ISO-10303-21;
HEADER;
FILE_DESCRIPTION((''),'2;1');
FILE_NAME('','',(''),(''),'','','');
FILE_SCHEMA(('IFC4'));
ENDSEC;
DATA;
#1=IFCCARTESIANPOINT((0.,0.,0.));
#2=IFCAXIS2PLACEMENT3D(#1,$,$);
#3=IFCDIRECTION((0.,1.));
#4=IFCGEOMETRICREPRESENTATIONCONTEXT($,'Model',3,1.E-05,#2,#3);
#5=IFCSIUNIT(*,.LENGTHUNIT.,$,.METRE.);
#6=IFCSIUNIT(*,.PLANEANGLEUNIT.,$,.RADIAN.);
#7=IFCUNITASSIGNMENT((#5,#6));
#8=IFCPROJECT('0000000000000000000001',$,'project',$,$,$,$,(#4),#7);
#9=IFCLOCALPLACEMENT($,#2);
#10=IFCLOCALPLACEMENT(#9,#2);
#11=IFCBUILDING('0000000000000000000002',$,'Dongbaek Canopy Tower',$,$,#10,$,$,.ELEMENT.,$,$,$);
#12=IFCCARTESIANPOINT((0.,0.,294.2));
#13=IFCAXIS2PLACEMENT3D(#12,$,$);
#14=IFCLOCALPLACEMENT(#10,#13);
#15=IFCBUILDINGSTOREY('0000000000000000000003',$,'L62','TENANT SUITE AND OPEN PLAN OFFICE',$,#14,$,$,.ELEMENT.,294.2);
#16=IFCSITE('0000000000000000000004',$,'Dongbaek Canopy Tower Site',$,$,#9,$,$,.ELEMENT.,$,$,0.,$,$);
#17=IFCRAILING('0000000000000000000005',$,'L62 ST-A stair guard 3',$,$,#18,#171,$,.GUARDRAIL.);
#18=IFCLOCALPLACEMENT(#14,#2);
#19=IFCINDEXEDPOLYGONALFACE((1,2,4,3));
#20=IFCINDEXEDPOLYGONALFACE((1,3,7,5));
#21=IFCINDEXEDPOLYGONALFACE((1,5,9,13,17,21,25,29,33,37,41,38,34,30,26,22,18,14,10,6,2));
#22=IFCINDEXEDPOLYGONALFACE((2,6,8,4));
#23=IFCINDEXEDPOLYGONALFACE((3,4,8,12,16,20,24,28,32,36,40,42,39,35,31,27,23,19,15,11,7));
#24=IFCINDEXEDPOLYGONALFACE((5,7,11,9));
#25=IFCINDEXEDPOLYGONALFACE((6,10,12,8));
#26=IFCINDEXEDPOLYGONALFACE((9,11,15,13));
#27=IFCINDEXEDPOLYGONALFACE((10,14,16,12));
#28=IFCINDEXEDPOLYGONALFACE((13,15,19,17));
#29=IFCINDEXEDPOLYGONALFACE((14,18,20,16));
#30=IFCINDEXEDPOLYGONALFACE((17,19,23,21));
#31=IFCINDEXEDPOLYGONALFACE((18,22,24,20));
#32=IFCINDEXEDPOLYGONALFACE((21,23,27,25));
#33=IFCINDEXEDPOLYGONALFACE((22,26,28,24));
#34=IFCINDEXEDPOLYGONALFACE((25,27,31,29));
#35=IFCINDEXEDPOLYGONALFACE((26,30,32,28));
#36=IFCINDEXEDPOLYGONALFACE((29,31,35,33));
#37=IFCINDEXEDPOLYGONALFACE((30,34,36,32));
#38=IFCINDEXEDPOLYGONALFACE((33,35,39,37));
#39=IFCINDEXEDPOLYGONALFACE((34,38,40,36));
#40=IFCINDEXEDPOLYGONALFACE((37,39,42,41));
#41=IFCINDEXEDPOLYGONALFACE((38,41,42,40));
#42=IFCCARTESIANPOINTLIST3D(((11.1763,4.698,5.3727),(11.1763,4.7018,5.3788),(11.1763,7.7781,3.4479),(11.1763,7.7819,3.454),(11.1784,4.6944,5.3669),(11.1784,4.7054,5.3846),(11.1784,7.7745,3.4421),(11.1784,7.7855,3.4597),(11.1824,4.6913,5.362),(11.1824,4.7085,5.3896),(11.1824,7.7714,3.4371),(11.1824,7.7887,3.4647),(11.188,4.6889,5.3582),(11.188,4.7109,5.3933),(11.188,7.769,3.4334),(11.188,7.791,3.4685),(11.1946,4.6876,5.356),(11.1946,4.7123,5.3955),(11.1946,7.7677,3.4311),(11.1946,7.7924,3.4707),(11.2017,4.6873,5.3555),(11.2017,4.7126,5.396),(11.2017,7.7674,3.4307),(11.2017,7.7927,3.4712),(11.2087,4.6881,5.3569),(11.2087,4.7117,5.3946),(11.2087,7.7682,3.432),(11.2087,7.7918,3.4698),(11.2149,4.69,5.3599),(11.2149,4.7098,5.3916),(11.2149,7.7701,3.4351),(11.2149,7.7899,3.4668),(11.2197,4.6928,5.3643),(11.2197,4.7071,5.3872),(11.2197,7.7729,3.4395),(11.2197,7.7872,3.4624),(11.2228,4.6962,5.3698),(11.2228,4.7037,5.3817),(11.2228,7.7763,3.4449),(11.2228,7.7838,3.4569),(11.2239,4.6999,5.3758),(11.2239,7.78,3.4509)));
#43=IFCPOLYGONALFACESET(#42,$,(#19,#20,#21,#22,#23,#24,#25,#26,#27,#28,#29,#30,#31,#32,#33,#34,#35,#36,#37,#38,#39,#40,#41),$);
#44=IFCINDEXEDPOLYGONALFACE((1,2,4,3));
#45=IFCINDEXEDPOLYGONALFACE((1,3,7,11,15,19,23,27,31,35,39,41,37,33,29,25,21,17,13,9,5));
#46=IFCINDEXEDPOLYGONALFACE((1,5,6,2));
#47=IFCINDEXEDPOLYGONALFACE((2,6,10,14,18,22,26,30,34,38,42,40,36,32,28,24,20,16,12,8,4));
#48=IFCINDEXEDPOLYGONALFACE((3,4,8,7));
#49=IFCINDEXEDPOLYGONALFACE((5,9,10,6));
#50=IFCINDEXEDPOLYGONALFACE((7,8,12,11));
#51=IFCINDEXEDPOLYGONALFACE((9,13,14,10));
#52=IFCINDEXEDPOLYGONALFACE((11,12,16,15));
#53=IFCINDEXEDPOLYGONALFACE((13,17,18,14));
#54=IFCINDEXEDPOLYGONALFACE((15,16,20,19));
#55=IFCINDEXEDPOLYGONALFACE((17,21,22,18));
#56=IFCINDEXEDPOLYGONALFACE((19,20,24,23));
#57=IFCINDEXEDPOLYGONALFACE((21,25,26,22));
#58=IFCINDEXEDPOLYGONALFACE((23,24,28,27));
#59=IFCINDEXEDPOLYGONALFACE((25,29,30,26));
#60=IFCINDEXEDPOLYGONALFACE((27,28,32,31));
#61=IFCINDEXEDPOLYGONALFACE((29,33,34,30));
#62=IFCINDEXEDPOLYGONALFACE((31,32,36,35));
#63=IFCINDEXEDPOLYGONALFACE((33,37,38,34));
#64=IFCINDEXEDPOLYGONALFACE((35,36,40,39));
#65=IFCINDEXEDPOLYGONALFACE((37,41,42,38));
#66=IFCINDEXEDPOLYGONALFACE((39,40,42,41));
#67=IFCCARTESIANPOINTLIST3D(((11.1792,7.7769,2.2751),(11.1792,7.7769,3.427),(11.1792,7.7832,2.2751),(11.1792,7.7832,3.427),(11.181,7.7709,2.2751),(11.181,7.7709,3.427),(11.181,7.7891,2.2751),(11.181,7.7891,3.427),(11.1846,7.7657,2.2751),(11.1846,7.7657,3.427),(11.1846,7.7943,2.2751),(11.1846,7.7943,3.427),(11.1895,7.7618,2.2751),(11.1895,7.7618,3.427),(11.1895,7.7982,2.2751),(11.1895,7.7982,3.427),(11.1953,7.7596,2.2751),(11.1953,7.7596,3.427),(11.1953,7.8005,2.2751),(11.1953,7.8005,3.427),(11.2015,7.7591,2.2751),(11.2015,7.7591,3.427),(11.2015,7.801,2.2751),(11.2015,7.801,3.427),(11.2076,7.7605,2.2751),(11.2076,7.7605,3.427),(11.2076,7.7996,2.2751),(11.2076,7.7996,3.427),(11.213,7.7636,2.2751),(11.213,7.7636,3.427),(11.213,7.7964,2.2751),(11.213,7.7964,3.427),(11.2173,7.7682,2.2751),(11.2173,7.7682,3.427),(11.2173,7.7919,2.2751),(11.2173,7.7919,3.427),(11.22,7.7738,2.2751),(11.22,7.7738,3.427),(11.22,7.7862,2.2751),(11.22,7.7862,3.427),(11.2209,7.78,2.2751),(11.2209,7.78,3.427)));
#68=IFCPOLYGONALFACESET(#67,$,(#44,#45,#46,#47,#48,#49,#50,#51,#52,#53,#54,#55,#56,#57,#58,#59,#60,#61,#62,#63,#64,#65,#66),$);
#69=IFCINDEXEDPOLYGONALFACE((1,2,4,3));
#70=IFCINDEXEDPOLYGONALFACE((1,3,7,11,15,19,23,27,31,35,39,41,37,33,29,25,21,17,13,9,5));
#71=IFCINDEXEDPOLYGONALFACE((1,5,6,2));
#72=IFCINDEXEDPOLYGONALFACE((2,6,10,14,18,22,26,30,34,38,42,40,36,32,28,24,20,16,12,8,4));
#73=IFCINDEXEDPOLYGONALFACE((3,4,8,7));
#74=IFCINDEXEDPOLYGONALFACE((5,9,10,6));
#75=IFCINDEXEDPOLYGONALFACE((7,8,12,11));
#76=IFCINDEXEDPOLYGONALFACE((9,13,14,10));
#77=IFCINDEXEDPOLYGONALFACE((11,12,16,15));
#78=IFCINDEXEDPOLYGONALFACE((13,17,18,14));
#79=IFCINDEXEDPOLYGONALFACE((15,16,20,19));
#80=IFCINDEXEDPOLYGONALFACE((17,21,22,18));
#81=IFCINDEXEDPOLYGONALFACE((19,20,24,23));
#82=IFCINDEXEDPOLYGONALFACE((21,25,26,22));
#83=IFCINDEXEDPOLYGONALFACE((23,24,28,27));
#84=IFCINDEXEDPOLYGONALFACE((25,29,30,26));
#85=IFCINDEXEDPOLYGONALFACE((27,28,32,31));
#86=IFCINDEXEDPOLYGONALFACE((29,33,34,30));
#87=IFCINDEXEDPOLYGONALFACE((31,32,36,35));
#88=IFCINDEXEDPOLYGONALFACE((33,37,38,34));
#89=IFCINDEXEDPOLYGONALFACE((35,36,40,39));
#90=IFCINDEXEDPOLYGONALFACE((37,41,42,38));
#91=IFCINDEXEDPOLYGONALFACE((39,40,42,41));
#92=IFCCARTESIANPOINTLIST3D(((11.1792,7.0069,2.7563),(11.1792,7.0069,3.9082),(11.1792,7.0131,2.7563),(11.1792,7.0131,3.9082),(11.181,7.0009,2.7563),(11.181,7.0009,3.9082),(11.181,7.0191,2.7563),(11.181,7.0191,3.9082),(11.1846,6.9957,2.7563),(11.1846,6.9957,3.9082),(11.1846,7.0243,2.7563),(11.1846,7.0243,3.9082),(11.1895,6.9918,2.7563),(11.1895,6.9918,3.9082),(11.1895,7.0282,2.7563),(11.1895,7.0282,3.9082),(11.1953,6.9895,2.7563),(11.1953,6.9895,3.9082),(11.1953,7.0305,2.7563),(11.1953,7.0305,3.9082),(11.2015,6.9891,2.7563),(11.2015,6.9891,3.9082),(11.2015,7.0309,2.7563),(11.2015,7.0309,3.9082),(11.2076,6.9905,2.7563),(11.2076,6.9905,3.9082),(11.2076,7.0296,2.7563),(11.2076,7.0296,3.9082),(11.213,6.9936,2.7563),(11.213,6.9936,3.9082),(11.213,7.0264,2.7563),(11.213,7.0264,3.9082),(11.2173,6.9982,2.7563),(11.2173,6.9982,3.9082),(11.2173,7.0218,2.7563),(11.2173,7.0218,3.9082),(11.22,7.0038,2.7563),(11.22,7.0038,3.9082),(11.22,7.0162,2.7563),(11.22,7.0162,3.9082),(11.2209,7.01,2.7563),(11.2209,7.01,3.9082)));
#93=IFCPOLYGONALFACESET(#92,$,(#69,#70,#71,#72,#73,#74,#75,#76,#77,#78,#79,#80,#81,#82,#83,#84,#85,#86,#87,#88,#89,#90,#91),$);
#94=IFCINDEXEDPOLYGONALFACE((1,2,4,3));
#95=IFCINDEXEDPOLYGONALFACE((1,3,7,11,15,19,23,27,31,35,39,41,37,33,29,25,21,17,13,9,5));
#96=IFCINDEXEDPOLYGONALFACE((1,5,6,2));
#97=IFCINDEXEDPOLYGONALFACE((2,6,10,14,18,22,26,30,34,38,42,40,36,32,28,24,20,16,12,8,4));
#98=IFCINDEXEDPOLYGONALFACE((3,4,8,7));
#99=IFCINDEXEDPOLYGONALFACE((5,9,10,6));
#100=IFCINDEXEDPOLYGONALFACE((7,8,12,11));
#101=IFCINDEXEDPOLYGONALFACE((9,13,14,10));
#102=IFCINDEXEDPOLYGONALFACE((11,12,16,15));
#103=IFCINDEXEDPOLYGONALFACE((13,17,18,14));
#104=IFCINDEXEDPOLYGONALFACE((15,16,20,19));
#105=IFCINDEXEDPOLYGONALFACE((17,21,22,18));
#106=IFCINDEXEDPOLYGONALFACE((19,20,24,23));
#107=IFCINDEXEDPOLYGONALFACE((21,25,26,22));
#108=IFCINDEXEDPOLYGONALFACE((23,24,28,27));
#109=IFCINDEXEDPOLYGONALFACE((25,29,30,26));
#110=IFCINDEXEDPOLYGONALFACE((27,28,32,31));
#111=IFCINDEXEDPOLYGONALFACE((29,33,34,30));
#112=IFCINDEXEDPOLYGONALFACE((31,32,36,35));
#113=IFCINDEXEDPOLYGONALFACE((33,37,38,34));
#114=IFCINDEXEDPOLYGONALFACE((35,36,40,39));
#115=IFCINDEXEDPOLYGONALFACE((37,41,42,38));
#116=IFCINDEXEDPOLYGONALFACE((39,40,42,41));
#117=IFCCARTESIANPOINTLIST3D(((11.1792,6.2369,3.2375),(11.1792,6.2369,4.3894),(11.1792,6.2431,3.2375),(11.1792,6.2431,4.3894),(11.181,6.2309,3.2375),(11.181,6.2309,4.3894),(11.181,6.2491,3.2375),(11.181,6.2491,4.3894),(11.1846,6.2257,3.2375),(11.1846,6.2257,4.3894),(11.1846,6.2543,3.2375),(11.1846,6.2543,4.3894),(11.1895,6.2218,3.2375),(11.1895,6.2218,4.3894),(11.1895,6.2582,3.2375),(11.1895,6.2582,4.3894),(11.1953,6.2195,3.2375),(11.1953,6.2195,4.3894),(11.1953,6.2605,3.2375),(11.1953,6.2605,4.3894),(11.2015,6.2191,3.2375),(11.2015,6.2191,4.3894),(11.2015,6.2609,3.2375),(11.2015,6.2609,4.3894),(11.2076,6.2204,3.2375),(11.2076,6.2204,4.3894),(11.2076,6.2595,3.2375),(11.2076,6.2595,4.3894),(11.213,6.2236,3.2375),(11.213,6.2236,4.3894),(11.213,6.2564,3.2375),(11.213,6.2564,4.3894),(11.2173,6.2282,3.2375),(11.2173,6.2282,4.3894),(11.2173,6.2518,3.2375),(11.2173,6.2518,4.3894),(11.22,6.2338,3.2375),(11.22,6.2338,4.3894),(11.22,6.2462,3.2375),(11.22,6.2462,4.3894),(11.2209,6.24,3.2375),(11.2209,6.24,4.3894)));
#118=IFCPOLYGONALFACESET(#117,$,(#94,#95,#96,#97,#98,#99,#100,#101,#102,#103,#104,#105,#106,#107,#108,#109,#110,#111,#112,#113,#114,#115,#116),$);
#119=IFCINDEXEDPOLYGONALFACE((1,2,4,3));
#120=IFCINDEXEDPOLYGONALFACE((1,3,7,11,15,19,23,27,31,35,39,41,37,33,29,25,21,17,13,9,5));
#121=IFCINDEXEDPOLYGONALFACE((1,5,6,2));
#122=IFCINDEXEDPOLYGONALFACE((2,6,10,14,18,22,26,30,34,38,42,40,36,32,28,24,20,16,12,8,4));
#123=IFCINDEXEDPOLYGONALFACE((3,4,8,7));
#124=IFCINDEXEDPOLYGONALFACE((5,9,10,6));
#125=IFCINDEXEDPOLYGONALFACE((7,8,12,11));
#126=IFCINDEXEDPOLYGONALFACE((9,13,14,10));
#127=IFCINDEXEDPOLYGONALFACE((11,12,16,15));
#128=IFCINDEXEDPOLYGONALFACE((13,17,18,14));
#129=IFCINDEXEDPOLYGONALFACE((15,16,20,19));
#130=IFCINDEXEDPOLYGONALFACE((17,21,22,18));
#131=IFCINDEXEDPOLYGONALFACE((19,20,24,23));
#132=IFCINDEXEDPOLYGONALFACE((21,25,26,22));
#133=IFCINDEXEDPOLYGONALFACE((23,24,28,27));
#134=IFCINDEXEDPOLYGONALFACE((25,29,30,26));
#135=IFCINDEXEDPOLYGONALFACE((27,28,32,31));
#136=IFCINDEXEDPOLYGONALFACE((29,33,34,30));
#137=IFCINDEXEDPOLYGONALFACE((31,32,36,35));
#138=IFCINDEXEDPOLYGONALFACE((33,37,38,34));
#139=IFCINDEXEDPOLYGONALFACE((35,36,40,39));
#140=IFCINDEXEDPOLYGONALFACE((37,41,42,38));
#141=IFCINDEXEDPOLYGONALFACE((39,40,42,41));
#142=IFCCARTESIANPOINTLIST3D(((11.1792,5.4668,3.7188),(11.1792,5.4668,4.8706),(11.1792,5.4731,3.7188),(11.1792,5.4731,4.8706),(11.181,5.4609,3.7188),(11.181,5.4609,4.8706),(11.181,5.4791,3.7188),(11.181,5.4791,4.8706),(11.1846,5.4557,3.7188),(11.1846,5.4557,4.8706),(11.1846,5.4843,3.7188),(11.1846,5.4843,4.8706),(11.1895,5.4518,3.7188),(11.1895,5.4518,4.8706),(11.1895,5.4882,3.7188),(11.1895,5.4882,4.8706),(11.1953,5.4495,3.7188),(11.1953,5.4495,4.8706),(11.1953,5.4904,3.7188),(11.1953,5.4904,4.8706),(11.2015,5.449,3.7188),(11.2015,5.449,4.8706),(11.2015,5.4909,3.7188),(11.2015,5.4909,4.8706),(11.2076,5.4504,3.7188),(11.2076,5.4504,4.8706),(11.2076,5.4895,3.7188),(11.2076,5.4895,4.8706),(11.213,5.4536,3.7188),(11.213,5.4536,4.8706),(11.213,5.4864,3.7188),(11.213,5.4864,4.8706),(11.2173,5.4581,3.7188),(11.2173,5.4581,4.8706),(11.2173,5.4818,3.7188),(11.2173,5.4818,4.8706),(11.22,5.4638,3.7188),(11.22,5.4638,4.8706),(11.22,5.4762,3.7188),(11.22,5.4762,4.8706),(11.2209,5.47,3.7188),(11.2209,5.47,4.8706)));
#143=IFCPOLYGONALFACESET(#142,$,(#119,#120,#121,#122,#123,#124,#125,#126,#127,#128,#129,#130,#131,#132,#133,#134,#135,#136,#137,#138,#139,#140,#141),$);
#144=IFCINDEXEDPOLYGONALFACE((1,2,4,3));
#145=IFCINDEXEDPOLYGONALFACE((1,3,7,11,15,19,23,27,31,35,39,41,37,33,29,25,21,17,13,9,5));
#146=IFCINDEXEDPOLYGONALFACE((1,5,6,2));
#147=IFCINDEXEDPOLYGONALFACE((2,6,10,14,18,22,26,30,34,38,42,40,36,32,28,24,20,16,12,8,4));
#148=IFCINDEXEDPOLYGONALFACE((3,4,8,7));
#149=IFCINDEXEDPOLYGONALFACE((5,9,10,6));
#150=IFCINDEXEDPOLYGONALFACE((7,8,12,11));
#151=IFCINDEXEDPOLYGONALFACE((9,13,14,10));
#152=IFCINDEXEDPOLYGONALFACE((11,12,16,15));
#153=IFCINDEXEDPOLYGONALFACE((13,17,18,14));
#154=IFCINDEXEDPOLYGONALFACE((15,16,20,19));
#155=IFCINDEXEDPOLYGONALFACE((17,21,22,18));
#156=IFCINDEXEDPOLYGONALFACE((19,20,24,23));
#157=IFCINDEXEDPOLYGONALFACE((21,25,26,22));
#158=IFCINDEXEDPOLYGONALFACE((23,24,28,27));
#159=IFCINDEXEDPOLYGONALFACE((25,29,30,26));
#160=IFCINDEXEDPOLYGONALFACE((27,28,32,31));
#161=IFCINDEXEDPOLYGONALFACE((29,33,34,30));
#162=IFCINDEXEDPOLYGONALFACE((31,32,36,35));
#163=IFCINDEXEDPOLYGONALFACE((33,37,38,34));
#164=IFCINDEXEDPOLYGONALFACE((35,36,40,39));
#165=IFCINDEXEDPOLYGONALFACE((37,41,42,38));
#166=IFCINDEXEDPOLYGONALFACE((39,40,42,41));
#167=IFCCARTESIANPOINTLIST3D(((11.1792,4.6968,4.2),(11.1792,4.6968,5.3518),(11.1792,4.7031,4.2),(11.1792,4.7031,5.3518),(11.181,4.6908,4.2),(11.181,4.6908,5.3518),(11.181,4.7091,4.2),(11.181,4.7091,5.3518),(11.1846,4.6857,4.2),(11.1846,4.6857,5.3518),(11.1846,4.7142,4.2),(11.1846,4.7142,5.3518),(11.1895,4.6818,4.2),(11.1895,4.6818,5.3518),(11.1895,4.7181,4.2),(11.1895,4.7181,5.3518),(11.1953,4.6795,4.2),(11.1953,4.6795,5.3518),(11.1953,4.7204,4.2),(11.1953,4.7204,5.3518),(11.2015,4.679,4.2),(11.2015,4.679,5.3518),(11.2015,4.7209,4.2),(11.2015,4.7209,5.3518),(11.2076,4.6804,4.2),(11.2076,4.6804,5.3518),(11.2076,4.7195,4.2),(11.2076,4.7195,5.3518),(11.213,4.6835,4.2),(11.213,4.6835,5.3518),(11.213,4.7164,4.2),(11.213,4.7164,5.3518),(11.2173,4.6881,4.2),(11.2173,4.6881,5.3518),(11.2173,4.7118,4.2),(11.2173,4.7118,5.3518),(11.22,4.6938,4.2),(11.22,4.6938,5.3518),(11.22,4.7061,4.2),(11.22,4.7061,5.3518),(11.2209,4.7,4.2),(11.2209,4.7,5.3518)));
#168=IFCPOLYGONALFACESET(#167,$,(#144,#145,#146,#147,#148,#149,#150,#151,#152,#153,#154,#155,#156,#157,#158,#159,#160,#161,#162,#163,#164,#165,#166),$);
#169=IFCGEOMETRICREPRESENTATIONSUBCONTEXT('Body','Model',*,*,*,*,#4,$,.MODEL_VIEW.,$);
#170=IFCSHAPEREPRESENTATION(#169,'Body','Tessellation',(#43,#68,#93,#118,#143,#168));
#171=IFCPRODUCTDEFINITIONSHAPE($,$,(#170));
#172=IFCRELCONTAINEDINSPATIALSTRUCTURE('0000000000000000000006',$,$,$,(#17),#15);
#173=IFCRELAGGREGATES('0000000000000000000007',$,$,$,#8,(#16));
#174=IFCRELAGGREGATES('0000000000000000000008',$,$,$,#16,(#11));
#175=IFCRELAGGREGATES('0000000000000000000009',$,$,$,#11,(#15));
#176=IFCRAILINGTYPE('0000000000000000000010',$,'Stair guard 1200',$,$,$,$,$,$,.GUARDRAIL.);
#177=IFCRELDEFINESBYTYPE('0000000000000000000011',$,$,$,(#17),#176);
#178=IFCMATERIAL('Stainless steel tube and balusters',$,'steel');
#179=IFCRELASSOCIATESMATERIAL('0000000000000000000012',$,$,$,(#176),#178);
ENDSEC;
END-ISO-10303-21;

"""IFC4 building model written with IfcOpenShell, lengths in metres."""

from ifc_helpers import new_model, si_unit, direction, frame, origin, origin_2d, place, context, subcontext, project, spatial, circle, extrude, material, type_object, element, save


model = new_model("IFC4")

# Units and contexts
model_context = context("Model", 3, precision=1e-05, world=origin(), true_north=direction((0.0, 1.0)))
body_context = subcontext(model_context, "Body", "Model", "MODEL_VIEW")
ifc_project = project(units=[si_unit("LENGTHUNIT", "METRE"), si_unit("PLANEANGLEUNIT", "RADIAN")], contexts=[model_context])

# Site, building, storey
site_placement = place(None, origin())
site = spatial("IfcSite", under=ifc_project, at=site_placement, Name="Dongbaek Canopy Tower Site", CompositionType="ELEMENT", RefElevation=0.0)
building_placement = place(site_placement, origin())
building = spatial("IfcBuilding", under=site, at=building_placement, Name="Dongbaek Canopy Tower", CompositionType="ELEMENT")
storey_placement = place(building_placement, frame((0.0, 0.0, 294.2)))
storey = spatial("IfcBuildingStorey", under=building, at=storey_placement, Name="L62", Description="TENANT SUITE AND OPEN PLAN OFFICE", CompositionType="ELEMENT", Elevation=294.2)

# Railing
ifc_material_1 = material(Name="Stainless steel tube and balusters", Category="steel")
railing_type_1 = type_object("IfcRailingType", Name="Stair guard 1200", PredefinedType="GUARDRAIL", material=ifc_material_1)
railing_1_placement = place(storey_placement, frame((11.2, 7.78, 2.2751)))
element("IfcRailing", 1, at=railing_1_placement, inside=storey, type_object=railing_type_1, Name="L62 ST-A stair guard 3", PredefinedType="GUARDRAIL", context=body_context, shape_type="SweptSolid", body=[
    extrude(circle(Radius=0.0239, at=origin_2d()), frame((0.0, 0.0, 1.1758), z_axis=(0.0, -0.848029, 0.529951), x_axis=(1.0, 0.0, 0.0)), (0.0, 0.0, 1.0), 3.6321),
    extrude(circle(Radius=0.021, at=origin_2d()), origin(), (0.0, 0.0, 1.0), 1.1519),
    extrude(circle(Radius=0.021, at=origin_2d()), frame((0.0, -0.77, 0.4812)), (0.0, 0.0, 1.0), 1.1519),
    extrude(circle(Radius=0.021, at=origin_2d()), frame((0.0, -1.54, 0.9624)), (0.0, 0.0, 1.0), 1.1519),
    extrude(circle(Radius=0.021, at=origin_2d()), frame((0.0, -2.3101, 1.4436)), (0.0, 0.0, 1.0), 1.1519),
    extrude(circle(Radius=0.021, at=origin_2d()), frame((0.0, -3.0801, 1.9248)), (0.0, 0.0, 1.0), 1.1519),
])

save(model, "model.ifc")
